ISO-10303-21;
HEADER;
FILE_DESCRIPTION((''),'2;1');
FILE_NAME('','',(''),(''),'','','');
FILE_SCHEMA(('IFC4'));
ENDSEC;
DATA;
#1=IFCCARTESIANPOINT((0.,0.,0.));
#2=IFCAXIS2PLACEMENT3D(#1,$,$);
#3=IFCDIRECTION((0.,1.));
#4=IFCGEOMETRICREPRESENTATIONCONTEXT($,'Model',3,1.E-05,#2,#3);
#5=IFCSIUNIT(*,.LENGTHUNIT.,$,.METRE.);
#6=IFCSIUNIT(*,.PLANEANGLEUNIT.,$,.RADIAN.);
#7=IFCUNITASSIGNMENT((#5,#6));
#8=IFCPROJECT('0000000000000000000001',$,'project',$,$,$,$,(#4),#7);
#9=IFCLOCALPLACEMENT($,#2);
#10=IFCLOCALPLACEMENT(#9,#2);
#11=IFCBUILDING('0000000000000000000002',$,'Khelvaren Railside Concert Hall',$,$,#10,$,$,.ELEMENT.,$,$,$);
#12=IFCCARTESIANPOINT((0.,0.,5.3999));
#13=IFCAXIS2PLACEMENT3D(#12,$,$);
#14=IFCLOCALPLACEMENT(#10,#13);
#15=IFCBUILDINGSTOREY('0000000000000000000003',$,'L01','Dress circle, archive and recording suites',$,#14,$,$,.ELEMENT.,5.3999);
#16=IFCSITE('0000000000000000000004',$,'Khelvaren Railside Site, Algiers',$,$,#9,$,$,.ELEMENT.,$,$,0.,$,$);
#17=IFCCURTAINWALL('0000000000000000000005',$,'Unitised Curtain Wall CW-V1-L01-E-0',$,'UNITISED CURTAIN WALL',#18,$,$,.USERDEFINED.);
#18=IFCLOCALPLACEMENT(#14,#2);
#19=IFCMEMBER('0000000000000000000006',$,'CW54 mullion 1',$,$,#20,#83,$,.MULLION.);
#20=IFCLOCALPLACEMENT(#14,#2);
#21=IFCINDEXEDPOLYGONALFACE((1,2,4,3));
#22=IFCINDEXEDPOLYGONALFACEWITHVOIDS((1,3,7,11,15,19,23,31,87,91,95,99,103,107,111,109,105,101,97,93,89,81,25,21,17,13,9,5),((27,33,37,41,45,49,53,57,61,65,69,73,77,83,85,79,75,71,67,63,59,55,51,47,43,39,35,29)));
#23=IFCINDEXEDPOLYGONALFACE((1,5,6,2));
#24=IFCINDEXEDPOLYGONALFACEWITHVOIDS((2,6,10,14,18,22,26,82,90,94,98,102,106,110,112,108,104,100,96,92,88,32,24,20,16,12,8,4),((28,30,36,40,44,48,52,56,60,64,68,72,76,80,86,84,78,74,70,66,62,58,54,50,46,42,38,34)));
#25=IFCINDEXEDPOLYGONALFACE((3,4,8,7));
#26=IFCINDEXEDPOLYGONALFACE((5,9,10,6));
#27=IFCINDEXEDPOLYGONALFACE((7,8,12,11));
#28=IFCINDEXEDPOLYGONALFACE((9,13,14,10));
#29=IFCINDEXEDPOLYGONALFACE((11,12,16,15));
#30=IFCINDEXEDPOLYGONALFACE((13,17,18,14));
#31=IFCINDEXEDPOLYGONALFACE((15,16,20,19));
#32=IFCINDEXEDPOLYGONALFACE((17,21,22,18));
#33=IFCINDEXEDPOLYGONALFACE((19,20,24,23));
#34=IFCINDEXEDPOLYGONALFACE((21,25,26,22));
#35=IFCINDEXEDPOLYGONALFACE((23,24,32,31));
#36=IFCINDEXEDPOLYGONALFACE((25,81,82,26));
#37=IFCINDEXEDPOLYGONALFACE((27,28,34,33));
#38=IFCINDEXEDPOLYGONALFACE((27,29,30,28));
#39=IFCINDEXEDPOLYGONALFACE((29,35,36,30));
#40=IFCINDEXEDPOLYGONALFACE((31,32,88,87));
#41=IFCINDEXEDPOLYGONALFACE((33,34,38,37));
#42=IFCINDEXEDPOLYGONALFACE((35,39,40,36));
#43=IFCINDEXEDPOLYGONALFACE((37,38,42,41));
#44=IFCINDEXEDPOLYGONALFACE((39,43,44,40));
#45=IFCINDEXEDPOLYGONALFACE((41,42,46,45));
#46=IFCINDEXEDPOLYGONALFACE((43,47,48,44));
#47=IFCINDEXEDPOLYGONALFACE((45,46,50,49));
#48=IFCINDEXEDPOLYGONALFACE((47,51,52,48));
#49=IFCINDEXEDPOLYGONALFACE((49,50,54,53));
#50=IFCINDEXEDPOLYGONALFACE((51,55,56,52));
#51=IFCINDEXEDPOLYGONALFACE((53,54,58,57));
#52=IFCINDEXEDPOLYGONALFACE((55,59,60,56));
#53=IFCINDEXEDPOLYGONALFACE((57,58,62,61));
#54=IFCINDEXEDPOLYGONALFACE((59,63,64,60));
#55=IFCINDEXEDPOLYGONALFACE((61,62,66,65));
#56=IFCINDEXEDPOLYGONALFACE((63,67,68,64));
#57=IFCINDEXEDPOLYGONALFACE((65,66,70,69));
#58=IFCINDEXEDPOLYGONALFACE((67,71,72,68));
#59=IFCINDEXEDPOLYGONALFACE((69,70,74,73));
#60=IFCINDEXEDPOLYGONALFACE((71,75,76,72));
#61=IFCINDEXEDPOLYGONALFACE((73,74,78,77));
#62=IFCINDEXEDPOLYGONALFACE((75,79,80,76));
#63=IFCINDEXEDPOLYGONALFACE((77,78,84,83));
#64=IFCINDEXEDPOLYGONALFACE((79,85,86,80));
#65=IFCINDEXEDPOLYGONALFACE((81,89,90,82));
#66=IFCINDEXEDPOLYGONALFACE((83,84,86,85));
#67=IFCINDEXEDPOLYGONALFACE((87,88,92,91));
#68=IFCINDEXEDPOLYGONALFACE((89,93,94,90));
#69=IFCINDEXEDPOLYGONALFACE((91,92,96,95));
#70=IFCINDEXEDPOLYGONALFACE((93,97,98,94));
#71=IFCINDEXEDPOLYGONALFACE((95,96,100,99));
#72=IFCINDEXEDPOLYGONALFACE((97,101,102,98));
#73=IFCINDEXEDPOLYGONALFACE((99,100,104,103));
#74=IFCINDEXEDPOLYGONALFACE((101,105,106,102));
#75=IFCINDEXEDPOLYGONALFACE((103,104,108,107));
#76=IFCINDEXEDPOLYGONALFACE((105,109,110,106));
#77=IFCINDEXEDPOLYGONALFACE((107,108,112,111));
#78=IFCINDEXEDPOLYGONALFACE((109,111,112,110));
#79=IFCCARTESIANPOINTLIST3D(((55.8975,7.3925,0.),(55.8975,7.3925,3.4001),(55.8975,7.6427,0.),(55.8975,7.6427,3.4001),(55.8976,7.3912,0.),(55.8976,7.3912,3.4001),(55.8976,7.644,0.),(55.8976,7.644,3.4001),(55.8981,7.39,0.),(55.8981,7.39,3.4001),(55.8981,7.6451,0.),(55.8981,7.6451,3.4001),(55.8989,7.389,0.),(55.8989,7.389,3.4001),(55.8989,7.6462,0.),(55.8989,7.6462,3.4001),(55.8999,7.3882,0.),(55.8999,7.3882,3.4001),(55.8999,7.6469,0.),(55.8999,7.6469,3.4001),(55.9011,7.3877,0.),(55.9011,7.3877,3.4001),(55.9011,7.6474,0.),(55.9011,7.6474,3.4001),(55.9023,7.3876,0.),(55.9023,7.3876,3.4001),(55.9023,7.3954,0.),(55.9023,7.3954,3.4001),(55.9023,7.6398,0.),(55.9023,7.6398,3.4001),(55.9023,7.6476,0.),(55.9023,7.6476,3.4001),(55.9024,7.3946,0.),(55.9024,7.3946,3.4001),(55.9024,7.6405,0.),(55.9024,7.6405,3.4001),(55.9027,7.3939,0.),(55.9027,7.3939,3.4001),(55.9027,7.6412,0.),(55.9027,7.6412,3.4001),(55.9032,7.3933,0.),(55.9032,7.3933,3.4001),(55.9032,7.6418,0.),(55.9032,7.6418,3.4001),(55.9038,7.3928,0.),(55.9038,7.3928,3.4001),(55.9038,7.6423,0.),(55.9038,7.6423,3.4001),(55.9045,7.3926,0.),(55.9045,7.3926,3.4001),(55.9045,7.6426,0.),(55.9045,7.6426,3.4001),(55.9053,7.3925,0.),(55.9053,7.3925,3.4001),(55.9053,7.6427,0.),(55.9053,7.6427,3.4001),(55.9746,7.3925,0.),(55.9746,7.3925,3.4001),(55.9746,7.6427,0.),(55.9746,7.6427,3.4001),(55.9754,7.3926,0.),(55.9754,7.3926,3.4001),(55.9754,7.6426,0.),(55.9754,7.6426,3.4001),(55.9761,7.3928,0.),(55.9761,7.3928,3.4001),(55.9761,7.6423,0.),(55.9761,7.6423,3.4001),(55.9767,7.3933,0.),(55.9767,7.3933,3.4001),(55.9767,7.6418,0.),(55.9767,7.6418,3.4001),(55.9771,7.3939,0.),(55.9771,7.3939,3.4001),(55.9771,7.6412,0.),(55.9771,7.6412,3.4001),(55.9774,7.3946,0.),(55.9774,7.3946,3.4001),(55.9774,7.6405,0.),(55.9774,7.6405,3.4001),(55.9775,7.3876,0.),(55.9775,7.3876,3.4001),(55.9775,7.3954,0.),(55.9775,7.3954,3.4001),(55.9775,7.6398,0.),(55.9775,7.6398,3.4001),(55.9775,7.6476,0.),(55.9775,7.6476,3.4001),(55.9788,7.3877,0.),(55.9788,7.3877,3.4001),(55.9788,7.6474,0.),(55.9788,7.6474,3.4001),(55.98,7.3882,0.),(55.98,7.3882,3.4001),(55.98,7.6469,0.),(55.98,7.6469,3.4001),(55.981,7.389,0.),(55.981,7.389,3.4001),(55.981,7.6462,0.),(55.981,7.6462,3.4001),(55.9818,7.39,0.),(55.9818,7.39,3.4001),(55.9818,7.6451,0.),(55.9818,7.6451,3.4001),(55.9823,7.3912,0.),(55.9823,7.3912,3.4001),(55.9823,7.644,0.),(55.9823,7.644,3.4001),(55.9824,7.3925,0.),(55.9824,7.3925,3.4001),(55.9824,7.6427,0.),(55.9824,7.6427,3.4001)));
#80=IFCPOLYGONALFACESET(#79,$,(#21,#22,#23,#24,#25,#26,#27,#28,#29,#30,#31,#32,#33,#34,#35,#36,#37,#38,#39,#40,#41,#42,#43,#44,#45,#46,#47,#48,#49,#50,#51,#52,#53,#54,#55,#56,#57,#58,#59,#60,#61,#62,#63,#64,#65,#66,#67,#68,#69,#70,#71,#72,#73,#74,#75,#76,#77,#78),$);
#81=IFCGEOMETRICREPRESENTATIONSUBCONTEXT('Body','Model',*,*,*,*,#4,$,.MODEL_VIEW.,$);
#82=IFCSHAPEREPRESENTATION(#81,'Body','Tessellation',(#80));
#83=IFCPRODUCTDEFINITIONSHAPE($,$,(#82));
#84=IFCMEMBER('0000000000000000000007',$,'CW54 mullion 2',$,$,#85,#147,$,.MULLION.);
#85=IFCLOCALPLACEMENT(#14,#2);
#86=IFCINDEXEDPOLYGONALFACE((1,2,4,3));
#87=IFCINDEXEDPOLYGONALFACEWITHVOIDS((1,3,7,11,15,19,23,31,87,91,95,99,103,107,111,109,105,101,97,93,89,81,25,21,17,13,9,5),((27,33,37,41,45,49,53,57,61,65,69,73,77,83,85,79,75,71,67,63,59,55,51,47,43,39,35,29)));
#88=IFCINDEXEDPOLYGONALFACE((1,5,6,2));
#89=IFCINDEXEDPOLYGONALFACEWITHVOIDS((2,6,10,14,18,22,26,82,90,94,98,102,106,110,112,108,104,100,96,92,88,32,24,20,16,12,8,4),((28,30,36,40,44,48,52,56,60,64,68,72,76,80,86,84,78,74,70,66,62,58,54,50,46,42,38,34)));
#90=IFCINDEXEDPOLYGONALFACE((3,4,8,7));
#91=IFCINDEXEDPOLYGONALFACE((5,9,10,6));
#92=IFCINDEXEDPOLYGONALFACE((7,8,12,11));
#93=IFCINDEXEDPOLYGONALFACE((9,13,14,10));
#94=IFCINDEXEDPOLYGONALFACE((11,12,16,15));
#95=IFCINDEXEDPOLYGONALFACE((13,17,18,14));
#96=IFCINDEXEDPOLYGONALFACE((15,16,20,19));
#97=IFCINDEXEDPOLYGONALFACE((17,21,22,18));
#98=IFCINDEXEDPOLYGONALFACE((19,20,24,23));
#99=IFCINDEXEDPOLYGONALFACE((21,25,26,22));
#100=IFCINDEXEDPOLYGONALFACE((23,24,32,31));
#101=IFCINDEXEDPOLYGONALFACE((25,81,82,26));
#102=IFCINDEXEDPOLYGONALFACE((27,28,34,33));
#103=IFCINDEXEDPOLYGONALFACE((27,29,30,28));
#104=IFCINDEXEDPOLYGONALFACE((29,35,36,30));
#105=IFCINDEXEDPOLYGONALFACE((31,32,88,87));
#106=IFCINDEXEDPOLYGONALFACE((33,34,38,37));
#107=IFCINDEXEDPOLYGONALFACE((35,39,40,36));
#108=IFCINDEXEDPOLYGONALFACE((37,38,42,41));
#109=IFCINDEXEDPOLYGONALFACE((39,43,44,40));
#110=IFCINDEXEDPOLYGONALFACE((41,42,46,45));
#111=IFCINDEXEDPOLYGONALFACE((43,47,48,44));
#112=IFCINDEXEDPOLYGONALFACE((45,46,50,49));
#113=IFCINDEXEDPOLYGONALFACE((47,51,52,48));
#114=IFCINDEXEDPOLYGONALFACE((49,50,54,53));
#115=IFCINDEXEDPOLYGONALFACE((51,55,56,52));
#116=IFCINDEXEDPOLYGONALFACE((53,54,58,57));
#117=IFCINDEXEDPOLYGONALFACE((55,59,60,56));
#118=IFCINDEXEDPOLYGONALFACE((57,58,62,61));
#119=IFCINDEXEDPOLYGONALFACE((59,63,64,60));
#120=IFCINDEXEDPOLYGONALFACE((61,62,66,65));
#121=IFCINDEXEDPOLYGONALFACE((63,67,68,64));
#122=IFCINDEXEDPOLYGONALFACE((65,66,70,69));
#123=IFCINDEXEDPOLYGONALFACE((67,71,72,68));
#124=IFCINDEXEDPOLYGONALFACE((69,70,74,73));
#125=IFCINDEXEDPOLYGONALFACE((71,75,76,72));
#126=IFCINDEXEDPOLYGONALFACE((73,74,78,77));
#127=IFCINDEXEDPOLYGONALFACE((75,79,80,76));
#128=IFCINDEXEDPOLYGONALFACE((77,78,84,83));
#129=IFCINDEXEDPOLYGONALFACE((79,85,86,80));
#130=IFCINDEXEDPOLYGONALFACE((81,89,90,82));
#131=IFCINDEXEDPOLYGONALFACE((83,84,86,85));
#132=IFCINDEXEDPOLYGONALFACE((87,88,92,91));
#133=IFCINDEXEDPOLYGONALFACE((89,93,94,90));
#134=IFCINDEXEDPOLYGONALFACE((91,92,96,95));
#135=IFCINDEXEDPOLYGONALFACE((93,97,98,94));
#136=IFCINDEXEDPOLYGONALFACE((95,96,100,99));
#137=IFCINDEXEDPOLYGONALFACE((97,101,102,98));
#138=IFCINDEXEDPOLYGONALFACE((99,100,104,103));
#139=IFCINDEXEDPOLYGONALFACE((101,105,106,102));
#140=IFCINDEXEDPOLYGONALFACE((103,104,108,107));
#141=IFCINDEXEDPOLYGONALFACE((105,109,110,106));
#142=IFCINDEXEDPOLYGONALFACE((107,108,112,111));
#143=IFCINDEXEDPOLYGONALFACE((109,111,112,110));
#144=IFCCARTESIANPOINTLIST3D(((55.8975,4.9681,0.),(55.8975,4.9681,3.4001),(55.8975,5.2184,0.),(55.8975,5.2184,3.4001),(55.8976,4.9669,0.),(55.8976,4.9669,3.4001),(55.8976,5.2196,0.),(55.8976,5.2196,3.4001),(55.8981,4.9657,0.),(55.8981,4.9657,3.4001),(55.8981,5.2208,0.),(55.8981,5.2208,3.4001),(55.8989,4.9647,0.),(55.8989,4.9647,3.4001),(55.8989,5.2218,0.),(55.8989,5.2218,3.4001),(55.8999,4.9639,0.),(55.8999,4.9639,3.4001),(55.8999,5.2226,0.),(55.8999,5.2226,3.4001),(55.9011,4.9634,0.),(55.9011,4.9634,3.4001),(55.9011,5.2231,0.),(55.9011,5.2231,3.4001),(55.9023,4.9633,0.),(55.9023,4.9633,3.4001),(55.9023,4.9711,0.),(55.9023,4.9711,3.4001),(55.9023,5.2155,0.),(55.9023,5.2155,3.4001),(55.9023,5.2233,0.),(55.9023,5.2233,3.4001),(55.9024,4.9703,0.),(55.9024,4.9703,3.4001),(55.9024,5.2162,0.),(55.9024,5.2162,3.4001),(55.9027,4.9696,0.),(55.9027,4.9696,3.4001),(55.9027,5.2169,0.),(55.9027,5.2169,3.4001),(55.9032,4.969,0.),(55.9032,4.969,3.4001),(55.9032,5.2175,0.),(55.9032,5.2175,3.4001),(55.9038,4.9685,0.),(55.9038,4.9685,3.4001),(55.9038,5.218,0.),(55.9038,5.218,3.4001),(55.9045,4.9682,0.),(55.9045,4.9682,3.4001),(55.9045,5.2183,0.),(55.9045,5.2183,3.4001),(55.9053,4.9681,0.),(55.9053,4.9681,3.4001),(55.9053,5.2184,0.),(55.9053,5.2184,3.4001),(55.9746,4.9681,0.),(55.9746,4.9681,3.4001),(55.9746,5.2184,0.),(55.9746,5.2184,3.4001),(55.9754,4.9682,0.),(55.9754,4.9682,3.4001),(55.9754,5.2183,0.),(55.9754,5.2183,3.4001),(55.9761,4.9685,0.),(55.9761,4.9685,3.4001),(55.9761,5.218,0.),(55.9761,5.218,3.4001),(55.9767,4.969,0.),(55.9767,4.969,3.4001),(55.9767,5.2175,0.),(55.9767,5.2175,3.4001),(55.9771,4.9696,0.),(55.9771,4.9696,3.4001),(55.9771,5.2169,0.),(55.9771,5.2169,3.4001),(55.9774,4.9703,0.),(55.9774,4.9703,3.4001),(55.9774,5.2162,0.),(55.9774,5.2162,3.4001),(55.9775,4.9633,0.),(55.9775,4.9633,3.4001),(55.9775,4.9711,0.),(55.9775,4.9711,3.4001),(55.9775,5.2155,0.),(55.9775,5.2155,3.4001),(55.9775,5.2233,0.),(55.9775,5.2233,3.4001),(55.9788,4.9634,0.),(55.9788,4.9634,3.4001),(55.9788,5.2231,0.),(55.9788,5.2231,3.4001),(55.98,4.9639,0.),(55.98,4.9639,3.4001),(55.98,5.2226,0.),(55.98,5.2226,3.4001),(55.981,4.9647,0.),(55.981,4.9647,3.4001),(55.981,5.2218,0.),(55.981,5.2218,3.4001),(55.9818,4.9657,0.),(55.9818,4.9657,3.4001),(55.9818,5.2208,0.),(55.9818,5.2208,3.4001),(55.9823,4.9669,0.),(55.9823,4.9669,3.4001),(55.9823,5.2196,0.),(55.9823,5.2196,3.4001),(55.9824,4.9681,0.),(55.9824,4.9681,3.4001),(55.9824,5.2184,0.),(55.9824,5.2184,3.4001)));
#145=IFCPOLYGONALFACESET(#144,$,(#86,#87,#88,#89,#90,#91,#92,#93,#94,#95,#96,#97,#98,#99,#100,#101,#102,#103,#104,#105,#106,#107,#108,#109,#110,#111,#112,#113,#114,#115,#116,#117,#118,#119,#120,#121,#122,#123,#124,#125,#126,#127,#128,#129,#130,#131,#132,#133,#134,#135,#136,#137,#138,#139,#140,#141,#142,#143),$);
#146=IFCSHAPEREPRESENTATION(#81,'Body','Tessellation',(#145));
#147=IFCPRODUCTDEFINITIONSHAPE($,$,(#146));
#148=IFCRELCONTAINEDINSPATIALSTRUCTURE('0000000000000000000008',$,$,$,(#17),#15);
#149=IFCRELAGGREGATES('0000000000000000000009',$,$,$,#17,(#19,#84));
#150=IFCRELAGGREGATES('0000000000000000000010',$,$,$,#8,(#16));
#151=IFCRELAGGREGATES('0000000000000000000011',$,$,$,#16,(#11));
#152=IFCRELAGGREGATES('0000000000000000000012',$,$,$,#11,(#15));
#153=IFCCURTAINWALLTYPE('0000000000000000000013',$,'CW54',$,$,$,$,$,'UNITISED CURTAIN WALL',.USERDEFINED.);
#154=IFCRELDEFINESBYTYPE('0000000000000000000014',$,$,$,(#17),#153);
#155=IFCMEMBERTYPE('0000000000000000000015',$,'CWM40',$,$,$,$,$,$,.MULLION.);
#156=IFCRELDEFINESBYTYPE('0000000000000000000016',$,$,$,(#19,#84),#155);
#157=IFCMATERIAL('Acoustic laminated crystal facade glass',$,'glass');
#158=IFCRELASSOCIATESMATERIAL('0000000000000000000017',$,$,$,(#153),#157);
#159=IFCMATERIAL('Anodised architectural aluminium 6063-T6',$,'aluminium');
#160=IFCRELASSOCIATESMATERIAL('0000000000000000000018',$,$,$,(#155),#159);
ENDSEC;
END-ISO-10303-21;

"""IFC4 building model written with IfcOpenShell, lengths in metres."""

from ifc_helpers import new_model, si_unit, direction, frame, origin, origin_2d, place, context, subcontext, project, spatial, hollow_rectangle, extrude, material, material_profile, profile_set, type_object, element, aggregate, save


model = new_model("IFC4")

# Units and contexts
model_context = context("Model", 3, precision=1e-05, world=origin(), true_north=direction((0.0, 1.0)))
body_context = subcontext(model_context, "Body", "Model", "MODEL_VIEW")
ifc_project = project(units=[si_unit("LENGTHUNIT", "METRE"), si_unit("PLANEANGLEUNIT", "RADIAN")], contexts=[model_context])

# Site, building, storey
site_placement = place(None, origin())
site = spatial("IfcSite", under=ifc_project, at=site_placement, Name="Khelvaren Railside Site, Algiers", CompositionType="ELEMENT", RefElevation=0.0)
building_placement = place(site_placement, origin())
building = spatial("IfcBuilding", under=site, at=building_placement, Name="Khelvaren Railside Concert Hall", CompositionType="ELEMENT")
storey_placement = place(building_placement, frame((0.0, 0.0, 5.3999)))
storey = spatial("IfcBuildingStorey", under=building, at=storey_placement, Name="L01", Description="Dress circle, archive and recording suites", CompositionType="ELEMENT", Elevation=5.3999)

# Curtain wall, members
ifc_material_1 = material(Name="Anodised architectural aluminium 6063-T6", Category="aluminium")
ifc_material_2 = material(Name="Acoustic laminated crystal facade glass", Category="glass")
curtain_wall_type_1 = type_object("IfcCurtainWallType", Name="CW54", ElementType="UNITISED CURTAIN WALL", PredefinedType="USERDEFINED", material=ifc_material_2)
curtain_wall_1_placement = place(storey_placement, origin())
curtain_wall_1 = element("IfcCurtainWall", 1, at=curtain_wall_1_placement, inside=storey, type_object=curtain_wall_type_1, Name="Unitised Curtain Wall CW-V1-L01-E-0", ObjectType="UNITISED CURTAIN WALL", PredefinedType="USERDEFINED")
ifc_material_profile_1 = material_profile(ifc_material_1, hollow_rectangle(XDim=0.085, YDim=0.26, WallThickness=0.0049, InnerFilletRadius=0.0029, OuterFilletRadius=0.0049, at=origin_2d()), Name="CWM 85x260x5")
ifc_profile_set_1 = profile_set([ifc_material_profile_1], Name="Anodised architectural aluminium 6063-T6")
member_type_1 = type_object("IfcMemberType", Name="CWM40", PredefinedType="MULLION", material=ifc_profile_set_1)
member_1_placement = place(storey_placement, frame((55.9399, 7.5176, 0.0), z_axis=(0.0, 0.0, 1.0), x_axis=(1.0, 0.0, 0.0)))
member_1 = element("IfcMember", 2, at=member_1_placement, type_object=member_type_1, Name="CW54 mullion 1", PredefinedType="MULLION", context=body_context, shape_type="SweptSolid", body=[
    extrude(hollow_rectangle(XDim=0.085, YDim=0.26, WallThickness=0.0049, InnerFilletRadius=0.0029, OuterFilletRadius=0.0049, at=origin_2d()), origin(), (0.0, 0.0, 1.0), 3.4001),
])
member_2_placement = place(storey_placement, frame((55.9399, 5.0933, 0.0), z_axis=(0.0, 0.0, 1.0), x_axis=(1.0, 0.0, 0.0)))
member_2 = element("IfcMember", 3, at=member_2_placement, type_object=member_type_1, Name="CW54 mullion 2", PredefinedType="MULLION", context=body_context, shape_type="SweptSolid", body=[
    extrude(hollow_rectangle(XDim=0.085, YDim=0.26, WallThickness=0.0049, InnerFilletRadius=0.0029, OuterFilletRadius=0.0049, at=origin_2d()), origin(), (0.0, 0.0, 1.0), 3.4001),
])

aggregate(curtain_wall_1, [member_1, member_2])

save(model, "model.ifc")
